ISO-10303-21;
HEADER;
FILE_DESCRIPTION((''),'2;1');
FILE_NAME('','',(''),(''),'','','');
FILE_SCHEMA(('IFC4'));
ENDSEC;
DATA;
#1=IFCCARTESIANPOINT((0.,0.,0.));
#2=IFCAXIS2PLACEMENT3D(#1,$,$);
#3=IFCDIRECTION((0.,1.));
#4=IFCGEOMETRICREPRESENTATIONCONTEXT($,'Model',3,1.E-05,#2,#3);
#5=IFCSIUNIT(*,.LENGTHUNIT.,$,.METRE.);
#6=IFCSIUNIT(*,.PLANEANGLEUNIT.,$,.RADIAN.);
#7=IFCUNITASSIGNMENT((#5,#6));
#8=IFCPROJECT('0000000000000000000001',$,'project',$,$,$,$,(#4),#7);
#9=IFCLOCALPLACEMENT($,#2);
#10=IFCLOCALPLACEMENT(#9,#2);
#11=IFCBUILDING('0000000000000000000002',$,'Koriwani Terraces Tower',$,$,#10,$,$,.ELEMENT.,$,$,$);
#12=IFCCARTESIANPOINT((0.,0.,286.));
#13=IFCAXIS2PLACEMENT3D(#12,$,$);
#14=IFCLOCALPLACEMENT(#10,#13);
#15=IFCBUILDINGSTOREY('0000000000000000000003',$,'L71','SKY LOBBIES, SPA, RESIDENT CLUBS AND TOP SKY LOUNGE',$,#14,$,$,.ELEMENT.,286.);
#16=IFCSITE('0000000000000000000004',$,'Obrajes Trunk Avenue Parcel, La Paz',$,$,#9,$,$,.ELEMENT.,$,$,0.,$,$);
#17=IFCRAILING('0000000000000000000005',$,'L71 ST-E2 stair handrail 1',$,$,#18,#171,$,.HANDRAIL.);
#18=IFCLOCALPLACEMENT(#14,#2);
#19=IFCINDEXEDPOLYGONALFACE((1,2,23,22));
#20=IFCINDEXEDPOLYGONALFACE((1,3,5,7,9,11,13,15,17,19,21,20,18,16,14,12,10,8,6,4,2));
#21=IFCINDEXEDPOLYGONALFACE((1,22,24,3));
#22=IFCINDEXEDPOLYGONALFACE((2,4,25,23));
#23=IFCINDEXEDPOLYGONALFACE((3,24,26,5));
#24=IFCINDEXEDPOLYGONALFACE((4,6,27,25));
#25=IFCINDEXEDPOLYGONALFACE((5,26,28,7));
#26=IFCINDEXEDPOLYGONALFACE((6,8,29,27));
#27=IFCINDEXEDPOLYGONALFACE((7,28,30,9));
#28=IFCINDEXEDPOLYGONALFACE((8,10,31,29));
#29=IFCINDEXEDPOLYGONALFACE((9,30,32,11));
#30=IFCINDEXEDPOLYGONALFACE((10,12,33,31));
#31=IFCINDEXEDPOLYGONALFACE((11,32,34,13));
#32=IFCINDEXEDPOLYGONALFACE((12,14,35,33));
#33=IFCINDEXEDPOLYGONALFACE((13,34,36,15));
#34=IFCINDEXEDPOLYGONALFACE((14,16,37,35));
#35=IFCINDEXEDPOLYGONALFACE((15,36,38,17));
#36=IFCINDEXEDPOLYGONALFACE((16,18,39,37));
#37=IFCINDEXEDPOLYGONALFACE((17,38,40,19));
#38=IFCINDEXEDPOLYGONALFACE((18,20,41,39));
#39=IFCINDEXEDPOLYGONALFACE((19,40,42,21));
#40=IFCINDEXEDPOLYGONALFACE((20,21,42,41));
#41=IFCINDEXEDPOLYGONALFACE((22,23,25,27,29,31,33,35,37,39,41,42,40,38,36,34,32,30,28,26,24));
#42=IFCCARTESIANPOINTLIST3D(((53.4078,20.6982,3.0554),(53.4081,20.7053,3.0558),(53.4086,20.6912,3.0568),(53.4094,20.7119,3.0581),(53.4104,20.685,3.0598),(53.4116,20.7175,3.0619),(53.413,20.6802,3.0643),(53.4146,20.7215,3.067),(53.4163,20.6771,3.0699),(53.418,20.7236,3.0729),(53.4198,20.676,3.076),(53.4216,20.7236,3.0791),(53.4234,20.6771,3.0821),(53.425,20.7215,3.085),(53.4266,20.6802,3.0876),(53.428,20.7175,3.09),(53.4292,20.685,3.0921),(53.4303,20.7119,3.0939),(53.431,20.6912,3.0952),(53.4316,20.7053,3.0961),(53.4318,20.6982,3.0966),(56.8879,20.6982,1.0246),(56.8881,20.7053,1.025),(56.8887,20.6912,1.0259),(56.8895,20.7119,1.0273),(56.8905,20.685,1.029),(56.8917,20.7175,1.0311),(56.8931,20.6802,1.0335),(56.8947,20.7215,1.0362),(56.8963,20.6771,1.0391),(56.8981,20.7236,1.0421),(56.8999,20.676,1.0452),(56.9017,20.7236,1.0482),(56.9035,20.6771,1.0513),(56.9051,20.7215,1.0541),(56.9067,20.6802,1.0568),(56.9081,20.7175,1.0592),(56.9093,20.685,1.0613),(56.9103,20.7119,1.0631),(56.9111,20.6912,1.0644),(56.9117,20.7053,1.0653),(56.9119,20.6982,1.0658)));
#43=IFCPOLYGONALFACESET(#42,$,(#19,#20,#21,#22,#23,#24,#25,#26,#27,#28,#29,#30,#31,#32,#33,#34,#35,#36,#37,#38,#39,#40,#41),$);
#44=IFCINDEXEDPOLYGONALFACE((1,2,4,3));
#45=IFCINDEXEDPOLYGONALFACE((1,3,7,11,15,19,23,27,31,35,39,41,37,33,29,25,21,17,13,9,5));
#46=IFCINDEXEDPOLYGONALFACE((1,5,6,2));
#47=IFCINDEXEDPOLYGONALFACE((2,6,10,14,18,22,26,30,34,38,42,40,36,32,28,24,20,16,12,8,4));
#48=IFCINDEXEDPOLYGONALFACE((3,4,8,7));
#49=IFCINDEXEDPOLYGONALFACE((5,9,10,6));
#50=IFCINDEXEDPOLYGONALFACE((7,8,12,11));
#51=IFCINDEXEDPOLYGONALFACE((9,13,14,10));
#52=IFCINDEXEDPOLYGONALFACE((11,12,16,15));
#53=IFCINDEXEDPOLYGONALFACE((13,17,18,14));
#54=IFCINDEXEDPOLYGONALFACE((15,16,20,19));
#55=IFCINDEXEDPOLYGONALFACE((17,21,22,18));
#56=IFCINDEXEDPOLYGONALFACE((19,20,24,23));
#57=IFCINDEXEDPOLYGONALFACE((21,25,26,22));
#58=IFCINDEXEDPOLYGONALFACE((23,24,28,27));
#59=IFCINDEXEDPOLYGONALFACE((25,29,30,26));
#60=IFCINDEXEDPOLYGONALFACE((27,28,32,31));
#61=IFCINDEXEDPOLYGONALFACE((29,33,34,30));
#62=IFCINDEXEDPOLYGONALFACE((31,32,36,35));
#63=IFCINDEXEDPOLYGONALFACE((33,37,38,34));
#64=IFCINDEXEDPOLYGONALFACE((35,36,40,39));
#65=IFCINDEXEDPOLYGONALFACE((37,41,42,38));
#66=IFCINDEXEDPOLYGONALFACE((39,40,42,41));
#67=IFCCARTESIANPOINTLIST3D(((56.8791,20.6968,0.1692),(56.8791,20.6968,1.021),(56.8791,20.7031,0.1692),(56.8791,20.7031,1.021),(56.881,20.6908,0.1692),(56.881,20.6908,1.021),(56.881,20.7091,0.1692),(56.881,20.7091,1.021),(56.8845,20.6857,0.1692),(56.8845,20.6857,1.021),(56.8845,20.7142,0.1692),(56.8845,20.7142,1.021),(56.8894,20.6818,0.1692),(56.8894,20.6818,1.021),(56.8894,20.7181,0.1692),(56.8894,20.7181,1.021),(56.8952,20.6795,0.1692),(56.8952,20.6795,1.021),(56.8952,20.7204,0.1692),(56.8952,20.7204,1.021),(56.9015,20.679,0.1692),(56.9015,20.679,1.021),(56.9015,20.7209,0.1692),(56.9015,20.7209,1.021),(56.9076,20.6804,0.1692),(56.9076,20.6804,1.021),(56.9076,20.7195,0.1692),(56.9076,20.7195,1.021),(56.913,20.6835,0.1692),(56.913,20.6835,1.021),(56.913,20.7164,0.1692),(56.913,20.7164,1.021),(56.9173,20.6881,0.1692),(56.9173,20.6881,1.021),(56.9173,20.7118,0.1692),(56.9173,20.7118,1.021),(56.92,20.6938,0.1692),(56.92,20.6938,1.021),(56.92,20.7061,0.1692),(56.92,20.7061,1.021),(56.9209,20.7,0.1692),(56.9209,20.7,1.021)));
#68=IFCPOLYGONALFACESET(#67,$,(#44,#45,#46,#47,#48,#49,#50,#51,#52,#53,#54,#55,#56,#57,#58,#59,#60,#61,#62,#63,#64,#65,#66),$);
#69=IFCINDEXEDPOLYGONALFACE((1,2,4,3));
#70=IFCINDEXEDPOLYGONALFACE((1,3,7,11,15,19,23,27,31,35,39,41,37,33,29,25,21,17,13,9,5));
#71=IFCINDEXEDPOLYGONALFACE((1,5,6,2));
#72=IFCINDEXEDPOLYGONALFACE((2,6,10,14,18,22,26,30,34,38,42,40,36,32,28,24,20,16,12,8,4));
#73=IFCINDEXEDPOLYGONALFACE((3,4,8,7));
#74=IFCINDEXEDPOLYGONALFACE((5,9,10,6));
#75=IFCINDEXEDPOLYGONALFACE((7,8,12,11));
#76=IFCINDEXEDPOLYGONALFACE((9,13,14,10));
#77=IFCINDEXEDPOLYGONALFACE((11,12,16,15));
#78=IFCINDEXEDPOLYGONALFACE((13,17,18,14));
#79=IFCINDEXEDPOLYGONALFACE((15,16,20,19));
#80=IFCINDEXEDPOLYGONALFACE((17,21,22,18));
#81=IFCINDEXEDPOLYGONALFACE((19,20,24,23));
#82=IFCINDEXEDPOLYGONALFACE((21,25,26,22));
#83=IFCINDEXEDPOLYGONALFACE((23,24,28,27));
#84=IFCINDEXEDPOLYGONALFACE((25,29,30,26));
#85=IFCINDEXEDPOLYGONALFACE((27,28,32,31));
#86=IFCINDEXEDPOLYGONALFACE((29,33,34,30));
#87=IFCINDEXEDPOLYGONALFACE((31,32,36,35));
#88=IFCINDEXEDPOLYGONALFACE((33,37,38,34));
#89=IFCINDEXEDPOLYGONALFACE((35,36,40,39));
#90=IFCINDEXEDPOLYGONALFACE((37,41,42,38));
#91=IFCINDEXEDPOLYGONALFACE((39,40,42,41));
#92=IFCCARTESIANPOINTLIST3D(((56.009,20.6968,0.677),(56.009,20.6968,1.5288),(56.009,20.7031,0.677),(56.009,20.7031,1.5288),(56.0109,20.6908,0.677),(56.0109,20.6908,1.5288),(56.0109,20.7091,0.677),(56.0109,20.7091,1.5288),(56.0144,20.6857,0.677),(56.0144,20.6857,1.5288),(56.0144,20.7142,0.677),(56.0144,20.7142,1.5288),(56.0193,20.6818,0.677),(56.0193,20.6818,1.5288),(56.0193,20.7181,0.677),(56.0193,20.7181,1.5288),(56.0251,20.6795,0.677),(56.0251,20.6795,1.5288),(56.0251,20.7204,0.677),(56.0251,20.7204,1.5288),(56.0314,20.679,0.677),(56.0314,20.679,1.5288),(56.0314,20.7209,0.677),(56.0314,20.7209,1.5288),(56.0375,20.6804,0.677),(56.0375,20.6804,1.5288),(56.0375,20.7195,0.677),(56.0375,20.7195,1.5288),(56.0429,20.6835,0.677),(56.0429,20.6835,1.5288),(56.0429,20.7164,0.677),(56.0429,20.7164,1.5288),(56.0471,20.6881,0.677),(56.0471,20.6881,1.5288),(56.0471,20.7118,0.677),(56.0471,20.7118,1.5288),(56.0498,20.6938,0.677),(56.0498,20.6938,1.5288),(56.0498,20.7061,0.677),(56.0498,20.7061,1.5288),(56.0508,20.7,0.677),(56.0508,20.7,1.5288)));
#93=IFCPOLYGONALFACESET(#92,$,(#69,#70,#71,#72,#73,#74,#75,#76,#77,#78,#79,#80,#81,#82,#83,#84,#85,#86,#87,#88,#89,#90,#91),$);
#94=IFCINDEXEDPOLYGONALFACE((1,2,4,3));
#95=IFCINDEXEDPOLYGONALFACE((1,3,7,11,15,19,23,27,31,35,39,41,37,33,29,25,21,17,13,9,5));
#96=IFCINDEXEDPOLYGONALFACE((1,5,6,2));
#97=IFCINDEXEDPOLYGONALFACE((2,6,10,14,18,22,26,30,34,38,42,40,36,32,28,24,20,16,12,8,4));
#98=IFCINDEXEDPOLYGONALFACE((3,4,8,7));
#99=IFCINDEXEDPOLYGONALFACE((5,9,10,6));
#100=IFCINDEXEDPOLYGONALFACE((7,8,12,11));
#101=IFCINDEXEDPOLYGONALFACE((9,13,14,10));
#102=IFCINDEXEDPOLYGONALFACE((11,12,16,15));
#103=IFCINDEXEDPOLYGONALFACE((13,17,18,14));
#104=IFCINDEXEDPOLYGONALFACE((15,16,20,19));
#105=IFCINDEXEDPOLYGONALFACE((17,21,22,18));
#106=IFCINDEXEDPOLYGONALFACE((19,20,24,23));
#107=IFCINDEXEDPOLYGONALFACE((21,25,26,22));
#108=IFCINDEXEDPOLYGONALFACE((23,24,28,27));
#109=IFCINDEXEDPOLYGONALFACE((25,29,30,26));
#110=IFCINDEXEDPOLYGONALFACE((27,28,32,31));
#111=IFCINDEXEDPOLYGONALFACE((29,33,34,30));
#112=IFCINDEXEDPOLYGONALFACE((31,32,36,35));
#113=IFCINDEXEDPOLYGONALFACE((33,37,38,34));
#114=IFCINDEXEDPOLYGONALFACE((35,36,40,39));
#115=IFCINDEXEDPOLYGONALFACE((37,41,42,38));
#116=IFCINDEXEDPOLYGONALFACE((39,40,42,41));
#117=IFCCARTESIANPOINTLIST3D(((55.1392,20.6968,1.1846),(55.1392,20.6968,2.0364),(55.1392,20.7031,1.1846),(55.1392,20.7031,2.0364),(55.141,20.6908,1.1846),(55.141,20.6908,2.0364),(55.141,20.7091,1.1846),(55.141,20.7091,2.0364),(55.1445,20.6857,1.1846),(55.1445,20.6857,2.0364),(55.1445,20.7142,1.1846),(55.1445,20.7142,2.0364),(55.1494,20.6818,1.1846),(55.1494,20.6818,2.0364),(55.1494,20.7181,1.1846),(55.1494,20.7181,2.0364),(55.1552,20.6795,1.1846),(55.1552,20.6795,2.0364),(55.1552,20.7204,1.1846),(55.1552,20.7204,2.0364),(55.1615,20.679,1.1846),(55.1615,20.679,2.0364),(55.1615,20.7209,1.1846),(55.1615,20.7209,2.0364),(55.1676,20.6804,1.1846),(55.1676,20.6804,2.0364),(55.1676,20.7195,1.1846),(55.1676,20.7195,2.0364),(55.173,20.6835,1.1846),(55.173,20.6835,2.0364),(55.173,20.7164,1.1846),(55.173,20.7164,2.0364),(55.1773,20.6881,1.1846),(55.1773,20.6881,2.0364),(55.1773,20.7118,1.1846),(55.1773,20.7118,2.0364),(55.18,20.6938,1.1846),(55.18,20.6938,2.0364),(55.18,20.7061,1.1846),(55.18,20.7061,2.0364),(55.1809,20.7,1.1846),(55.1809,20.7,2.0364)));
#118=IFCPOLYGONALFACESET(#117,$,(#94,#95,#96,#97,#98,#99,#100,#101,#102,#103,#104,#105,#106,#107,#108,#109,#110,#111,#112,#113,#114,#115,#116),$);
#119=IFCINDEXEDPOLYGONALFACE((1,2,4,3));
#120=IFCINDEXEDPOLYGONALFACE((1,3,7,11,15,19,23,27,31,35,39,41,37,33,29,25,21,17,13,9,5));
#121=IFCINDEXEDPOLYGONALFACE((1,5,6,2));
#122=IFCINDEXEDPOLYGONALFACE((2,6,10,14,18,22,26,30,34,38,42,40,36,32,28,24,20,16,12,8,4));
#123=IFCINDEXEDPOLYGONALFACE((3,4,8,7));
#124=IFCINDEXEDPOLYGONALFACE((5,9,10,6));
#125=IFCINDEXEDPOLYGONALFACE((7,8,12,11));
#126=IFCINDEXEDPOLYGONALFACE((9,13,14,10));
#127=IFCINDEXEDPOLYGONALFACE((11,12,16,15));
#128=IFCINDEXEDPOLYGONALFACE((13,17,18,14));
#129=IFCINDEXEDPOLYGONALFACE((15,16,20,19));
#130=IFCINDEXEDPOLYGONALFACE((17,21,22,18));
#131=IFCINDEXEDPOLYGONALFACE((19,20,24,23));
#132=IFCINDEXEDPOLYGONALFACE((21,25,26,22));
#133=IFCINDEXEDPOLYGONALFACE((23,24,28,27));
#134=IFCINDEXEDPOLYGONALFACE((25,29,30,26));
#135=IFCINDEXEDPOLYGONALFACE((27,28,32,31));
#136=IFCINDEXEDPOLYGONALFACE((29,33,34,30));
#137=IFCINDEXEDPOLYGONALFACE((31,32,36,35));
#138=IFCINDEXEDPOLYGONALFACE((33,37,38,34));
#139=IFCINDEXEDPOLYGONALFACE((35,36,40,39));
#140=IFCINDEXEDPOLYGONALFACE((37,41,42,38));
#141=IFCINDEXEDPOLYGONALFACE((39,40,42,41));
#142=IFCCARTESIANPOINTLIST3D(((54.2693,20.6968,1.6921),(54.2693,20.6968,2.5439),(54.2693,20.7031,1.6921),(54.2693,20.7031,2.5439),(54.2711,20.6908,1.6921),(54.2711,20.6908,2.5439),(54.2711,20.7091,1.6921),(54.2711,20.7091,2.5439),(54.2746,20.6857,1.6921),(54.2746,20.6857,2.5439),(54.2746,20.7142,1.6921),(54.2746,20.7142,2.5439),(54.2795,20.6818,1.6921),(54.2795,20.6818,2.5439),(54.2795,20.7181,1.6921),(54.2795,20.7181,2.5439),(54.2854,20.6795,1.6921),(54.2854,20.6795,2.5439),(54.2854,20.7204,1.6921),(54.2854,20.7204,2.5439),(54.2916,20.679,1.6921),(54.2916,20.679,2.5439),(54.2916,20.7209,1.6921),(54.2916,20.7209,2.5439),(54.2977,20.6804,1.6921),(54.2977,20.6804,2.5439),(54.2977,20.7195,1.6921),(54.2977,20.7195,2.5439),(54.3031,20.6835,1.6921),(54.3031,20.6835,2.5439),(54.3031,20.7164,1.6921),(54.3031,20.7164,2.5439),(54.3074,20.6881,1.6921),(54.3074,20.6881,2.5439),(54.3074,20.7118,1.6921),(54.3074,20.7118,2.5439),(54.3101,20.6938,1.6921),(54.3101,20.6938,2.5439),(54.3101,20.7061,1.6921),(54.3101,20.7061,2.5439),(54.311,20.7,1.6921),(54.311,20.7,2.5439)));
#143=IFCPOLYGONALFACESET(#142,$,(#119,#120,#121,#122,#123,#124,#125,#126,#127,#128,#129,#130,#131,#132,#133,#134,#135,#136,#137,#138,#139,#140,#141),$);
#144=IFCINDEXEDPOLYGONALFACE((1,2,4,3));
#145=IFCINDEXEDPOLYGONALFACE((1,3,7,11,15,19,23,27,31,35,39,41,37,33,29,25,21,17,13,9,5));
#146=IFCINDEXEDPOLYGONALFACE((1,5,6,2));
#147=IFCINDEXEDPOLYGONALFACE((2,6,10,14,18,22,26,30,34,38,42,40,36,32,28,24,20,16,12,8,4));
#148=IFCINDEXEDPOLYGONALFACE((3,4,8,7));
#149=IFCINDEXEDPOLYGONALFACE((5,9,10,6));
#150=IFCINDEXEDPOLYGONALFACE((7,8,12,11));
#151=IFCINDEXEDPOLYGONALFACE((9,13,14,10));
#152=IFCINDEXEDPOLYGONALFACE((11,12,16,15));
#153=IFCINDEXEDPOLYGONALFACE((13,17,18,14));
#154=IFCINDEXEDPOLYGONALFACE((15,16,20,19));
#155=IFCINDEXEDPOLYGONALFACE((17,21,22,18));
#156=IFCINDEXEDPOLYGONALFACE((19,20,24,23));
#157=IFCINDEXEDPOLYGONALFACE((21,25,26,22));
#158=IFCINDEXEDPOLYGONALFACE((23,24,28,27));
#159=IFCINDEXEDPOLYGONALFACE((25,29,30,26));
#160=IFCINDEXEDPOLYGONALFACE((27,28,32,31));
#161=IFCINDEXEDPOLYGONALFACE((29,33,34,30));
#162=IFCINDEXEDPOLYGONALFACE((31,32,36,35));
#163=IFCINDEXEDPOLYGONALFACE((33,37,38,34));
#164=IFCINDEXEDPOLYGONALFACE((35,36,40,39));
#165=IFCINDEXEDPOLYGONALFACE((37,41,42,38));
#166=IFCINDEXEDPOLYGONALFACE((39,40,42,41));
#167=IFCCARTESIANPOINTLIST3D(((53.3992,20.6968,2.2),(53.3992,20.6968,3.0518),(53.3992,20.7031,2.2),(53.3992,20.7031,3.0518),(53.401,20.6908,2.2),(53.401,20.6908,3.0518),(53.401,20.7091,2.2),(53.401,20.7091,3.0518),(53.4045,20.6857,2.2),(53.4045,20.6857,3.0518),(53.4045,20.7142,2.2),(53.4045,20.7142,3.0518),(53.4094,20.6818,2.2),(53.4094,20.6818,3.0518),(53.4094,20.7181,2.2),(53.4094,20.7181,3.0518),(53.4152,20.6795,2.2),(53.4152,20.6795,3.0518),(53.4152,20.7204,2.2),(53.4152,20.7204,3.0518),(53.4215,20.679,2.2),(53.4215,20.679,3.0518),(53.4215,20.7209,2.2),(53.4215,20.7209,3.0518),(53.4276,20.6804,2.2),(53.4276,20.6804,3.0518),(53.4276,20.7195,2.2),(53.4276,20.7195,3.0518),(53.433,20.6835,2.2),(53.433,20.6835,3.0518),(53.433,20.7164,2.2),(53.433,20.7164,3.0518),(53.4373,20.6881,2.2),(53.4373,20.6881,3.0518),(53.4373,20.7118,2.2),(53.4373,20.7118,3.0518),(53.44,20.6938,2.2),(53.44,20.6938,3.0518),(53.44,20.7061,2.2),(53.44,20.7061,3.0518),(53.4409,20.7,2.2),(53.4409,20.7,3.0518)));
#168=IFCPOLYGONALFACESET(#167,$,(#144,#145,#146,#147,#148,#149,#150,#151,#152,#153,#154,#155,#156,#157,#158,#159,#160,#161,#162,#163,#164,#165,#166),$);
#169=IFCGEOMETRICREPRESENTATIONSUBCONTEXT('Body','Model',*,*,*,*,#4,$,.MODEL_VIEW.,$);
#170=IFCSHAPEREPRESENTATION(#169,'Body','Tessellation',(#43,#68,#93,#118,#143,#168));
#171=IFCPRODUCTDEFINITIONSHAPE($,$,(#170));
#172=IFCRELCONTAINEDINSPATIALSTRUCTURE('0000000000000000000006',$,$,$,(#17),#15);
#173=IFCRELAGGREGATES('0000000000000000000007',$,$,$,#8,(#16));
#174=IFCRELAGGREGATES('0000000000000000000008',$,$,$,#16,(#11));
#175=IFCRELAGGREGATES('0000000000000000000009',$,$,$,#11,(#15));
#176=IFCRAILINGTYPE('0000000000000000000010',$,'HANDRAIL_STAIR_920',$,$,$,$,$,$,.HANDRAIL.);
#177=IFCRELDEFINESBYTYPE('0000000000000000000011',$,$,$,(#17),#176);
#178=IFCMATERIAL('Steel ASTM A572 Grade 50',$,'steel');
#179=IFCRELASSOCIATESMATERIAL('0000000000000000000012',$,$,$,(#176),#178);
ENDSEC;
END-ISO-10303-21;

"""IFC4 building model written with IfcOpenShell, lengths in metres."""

from ifc_helpers import new_model, si_unit, direction, frame, origin, origin_2d, place, context, subcontext, project, spatial, circle, extrude, material, type_object, element, save


model = new_model("IFC4")

# Units and contexts
model_context = context("Model", 3, precision=1e-05, world=origin(), true_north=direction((0.0, 1.0)))
body_context = subcontext(model_context, "Body", "Model", "MODEL_VIEW")
ifc_project = project(units=[si_unit("LENGTHUNIT", "METRE"), si_unit("PLANEANGLEUNIT", "RADIAN")], contexts=[model_context])

# Site, building, storey
site_placement = place(None, origin())
site = spatial("IfcSite", under=ifc_project, at=site_placement, Name="Obrajes Trunk Avenue Parcel, La Paz", CompositionType="ELEMENT", RefElevation=0.0)
building_placement = place(site_placement, origin())
building = spatial("IfcBuilding", under=site, at=building_placement, Name="Koriwani Terraces Tower", CompositionType="ELEMENT")
storey_placement = place(building_placement, frame((0.0, 0.0, 286.0)))
storey = spatial("IfcBuildingStorey", under=building, at=storey_placement, Name="L71", Description="SKY LOBBIES, SPA, RESIDENT CLUBS AND TOP SKY LOUNGE", CompositionType="ELEMENT", Elevation=286.0)

# Shared definitions
ifc_material_1 = material(Name="Steel ASTM A572 Grade 50", Category="steel")

# Railing
railing_type_1 = type_object("IfcRailingType", Name="HANDRAIL_STAIR_920", PredefinedType="HANDRAIL", material=ifc_material_1)
railing_1_placement = place(storey_placement, frame((56.8999, 20.7, 0.1692)))
element("IfcRailing", 1, at=railing_1_placement, inside=storey, type_object=railing_type_1, Name="L71 ST-E2 stair handrail 1", PredefinedType="HANDRAIL", context=body_context, shape_type="SweptSolid", body=[
    extrude(circle(Radius=0.0239, at=origin_2d()), frame((0.0, 0.0, 0.876), z_axis=(-0.863695, 0.0, 0.504014), x_axis=(0.0, -1.0, 0.0)), (0.0, 0.0, 1.0), 4.0293),
    extrude(circle(Radius=0.021, at=origin_2d()), origin(), (0.0, 0.0, 1.0), 0.8518),
    extrude(circle(Radius=0.021, at=origin_2d()), frame((-0.8701, 0.0, 0.5078)), (0.0, 0.0, 1.0), 0.8518),
    extrude(circle(Radius=0.021, at=origin_2d()), frame((-1.74, 0.0, 1.0154)), (0.0, 0.0, 1.0), 0.8518),
    extrude(circle(Radius=0.021, at=origin_2d()), frame((-2.6099, 0.0, 1.5229)), (0.0, 0.0, 1.0), 0.8518),
    extrude(circle(Radius=0.021, at=origin_2d()), frame((-3.48, 0.0, 2.0308)), (0.0, 0.0, 1.0), 0.8518),
])

save(model, "model.ifc")
